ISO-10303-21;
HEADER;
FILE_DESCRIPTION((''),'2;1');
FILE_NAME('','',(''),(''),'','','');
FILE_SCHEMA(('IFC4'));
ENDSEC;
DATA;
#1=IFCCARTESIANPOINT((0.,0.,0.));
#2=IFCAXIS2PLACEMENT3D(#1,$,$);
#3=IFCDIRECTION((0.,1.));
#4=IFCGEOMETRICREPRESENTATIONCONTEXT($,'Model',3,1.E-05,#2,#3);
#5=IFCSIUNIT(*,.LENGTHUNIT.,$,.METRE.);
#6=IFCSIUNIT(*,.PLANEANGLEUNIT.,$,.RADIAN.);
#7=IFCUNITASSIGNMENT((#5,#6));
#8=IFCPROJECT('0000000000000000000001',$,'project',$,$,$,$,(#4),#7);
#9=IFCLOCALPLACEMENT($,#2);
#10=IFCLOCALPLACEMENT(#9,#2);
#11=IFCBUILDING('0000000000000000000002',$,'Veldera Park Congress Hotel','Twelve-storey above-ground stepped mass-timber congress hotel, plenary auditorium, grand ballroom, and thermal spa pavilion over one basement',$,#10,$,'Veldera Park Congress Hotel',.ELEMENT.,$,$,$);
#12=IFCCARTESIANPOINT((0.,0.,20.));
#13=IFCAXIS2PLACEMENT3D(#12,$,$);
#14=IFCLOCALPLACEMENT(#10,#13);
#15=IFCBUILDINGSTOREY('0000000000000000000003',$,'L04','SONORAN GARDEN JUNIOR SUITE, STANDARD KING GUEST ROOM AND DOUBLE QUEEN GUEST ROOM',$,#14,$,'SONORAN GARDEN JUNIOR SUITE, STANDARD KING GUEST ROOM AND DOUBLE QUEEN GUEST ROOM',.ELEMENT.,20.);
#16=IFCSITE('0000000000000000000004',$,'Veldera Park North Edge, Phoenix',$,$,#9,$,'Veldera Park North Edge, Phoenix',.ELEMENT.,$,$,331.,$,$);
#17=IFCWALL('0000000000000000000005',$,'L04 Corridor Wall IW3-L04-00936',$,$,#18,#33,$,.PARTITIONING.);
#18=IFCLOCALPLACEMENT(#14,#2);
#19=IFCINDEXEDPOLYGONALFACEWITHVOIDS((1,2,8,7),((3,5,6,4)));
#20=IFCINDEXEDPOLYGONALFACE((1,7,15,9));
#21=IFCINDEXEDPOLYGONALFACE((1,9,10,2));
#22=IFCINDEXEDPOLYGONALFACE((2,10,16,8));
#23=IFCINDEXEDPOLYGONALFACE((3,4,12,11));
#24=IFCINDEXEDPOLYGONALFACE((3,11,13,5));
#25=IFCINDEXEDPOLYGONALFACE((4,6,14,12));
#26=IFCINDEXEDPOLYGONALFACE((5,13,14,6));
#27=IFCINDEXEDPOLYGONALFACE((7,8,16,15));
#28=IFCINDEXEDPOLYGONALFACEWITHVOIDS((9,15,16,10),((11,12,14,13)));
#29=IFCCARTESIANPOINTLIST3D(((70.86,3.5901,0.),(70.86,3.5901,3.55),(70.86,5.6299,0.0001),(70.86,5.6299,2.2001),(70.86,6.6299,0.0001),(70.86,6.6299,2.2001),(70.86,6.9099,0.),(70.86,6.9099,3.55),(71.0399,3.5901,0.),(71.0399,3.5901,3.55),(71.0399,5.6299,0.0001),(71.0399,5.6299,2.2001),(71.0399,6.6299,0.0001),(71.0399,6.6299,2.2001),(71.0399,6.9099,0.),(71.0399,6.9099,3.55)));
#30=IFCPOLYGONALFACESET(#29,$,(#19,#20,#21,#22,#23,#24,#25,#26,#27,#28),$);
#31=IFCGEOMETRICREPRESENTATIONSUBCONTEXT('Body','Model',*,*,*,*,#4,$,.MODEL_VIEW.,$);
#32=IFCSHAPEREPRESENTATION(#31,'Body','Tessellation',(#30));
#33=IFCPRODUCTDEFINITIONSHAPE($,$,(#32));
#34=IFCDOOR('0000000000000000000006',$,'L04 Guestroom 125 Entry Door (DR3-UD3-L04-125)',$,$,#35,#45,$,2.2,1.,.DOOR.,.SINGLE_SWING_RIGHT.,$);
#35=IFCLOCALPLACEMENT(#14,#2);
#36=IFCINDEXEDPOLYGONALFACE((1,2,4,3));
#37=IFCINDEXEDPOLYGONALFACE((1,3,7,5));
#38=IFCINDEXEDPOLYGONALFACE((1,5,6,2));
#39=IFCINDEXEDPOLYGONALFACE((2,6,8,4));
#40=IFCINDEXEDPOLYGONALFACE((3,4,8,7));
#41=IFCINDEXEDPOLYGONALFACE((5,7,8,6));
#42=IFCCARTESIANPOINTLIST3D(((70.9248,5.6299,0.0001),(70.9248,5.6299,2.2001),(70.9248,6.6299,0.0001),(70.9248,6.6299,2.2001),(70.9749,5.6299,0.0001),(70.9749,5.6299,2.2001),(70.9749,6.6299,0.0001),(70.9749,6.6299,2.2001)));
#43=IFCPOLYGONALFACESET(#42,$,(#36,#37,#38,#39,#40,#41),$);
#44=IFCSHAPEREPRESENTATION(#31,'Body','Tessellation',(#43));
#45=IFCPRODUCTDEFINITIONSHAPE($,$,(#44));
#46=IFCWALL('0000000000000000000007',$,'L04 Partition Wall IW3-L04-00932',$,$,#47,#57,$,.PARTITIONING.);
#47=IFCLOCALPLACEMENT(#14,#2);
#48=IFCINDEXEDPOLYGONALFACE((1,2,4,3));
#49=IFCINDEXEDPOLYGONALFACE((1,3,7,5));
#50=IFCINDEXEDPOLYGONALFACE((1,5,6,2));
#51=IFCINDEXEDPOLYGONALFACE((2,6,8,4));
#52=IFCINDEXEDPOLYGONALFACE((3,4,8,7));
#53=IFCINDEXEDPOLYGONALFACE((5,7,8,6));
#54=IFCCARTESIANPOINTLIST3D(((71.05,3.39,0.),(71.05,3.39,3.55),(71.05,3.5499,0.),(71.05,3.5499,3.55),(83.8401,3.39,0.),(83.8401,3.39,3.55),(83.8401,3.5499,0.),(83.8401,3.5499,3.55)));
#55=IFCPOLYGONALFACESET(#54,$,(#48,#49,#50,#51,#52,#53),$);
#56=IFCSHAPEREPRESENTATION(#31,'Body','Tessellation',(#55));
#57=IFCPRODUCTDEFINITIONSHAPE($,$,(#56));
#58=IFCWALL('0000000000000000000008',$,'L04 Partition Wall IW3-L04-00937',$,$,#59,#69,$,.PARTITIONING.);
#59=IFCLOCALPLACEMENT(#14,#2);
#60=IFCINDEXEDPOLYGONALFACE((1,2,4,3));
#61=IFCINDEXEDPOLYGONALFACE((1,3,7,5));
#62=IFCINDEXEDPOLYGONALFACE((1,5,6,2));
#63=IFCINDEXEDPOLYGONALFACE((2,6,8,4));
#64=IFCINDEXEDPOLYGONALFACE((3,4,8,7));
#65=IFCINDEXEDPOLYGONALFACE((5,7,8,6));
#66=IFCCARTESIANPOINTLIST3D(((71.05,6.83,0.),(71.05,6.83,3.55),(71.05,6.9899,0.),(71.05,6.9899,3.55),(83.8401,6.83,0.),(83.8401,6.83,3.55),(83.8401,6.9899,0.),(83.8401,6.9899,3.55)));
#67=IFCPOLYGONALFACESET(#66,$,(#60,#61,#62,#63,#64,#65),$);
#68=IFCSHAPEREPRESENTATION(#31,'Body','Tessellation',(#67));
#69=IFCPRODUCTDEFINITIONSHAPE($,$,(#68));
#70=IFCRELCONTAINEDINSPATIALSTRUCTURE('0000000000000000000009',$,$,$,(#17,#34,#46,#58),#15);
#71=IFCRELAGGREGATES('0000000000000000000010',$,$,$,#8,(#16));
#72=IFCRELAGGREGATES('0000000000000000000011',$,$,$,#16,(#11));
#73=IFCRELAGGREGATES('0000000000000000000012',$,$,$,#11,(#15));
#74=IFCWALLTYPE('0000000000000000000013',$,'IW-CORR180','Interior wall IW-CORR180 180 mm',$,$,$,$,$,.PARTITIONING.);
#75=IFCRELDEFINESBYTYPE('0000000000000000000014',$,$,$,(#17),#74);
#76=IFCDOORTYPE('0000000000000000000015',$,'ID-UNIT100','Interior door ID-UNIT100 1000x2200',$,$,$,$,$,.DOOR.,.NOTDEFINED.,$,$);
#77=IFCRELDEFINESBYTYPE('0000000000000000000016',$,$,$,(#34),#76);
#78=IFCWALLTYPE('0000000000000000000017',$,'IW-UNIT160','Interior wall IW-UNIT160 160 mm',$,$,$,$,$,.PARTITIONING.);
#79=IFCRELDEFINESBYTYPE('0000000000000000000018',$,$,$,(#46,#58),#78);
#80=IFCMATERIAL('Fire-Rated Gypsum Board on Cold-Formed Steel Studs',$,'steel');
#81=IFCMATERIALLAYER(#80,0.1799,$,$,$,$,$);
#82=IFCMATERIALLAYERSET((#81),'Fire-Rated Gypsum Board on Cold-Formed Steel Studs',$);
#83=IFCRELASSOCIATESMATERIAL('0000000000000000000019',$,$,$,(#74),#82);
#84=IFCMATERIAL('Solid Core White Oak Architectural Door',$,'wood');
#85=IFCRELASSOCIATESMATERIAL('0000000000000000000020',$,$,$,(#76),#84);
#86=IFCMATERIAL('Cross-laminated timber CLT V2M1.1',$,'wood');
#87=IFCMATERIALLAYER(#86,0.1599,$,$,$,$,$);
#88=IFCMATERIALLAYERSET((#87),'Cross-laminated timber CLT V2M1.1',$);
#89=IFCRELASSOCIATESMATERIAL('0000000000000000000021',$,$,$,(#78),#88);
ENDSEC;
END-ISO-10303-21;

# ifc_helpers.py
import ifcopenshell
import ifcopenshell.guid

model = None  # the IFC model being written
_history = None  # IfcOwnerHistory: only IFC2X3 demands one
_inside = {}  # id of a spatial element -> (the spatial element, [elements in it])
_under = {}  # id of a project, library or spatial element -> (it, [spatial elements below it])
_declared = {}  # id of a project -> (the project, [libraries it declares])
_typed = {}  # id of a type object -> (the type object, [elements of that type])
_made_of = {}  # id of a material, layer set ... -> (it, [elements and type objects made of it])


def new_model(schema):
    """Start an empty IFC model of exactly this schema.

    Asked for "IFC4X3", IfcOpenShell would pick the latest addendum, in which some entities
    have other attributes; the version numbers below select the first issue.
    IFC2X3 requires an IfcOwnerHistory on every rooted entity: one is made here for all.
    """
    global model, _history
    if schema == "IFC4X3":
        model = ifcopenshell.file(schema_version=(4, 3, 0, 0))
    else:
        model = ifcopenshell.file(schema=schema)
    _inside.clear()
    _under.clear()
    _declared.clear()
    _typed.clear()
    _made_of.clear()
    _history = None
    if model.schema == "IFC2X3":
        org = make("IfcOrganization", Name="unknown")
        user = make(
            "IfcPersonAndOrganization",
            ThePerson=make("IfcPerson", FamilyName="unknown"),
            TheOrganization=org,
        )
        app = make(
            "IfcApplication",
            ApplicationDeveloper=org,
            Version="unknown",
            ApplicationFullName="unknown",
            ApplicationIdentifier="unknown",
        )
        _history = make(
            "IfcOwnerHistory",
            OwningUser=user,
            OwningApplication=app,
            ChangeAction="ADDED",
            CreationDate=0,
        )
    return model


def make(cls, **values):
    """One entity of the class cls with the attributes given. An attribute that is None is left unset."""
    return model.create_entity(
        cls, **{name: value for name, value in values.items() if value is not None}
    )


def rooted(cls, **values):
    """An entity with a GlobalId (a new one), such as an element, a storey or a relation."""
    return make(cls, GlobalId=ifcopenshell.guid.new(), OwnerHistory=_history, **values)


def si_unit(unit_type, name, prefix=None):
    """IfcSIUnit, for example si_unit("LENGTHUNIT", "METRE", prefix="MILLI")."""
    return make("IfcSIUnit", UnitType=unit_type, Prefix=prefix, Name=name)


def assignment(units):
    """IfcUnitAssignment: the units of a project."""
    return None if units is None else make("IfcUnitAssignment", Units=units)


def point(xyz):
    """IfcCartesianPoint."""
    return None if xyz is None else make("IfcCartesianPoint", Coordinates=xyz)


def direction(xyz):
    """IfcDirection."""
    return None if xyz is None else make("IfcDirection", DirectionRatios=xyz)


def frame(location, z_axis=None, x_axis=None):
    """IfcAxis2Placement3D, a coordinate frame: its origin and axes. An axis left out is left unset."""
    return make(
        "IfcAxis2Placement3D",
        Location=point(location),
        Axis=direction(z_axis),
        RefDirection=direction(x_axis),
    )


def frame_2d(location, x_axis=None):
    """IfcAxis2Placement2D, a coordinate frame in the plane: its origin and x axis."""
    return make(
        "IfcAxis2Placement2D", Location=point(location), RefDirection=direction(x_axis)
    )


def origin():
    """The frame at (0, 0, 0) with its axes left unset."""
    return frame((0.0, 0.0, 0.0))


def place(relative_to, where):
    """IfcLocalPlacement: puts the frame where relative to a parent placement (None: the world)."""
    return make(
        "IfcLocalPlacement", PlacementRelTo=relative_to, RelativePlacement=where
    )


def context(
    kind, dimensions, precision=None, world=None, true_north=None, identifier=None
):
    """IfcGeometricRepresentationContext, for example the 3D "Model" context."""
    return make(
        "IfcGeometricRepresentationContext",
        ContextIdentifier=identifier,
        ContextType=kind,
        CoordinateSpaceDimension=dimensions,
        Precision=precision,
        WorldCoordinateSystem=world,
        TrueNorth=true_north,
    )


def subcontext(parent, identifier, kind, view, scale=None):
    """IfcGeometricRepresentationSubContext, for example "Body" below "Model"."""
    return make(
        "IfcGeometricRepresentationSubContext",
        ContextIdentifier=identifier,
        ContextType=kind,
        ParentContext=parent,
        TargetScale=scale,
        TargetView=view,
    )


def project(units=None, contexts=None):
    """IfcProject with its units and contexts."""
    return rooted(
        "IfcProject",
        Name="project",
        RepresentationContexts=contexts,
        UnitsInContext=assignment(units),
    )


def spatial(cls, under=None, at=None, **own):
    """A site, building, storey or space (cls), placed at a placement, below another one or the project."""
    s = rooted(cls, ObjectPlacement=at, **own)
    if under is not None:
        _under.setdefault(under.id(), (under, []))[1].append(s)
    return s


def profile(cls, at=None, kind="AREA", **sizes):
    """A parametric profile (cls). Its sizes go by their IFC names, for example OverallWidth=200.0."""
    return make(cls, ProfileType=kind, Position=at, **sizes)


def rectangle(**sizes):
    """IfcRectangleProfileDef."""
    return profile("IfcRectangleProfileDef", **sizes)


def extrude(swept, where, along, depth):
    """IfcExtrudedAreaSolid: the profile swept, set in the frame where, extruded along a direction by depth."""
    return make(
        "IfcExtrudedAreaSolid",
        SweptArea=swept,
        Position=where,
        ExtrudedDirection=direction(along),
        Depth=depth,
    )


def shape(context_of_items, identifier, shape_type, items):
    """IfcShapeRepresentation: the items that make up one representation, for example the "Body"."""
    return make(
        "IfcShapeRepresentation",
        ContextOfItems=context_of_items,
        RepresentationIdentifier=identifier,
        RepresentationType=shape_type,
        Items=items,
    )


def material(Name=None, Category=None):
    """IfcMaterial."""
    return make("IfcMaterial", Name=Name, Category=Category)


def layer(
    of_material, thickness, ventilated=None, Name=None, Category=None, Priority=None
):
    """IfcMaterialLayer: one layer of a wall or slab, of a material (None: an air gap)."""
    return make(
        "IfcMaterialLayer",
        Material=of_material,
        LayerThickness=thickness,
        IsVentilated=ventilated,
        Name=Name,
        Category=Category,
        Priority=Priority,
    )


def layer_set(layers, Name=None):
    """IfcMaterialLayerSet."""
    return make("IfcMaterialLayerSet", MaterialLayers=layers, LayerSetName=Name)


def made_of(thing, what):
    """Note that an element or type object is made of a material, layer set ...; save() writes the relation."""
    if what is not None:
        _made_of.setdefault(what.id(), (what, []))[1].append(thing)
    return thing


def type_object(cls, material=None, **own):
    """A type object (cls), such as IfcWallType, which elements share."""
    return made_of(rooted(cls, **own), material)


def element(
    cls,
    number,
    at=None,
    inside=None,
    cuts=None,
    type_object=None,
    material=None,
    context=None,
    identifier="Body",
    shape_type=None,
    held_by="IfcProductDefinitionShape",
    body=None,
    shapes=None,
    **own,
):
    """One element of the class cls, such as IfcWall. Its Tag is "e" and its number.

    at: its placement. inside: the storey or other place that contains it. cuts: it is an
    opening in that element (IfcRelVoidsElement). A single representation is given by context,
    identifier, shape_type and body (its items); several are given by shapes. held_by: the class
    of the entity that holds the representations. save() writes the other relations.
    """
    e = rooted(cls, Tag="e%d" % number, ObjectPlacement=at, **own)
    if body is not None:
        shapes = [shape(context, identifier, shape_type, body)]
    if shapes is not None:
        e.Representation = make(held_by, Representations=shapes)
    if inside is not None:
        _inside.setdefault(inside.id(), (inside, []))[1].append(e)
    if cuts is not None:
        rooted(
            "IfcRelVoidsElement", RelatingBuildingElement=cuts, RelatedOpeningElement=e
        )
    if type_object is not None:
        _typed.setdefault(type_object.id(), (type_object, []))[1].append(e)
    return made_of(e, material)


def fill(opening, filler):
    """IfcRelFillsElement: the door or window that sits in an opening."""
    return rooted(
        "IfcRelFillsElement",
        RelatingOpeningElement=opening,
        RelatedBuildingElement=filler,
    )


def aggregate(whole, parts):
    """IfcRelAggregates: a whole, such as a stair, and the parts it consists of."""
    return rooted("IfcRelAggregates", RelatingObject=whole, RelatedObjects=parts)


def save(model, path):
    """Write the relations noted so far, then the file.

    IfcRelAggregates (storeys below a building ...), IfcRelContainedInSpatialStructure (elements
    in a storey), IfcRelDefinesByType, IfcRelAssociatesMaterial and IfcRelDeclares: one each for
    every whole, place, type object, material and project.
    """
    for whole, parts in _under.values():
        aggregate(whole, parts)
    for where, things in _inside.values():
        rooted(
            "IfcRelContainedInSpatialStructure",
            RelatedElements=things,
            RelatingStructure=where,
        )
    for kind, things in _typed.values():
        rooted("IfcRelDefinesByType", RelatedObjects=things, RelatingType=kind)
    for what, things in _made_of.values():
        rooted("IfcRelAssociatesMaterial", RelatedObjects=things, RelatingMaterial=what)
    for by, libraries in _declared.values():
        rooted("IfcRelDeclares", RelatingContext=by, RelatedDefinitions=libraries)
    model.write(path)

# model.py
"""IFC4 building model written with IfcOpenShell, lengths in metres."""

from ifc_helpers import new_model, si_unit, direction, frame, frame_2d, origin, place, context, subcontext, project, spatial, rectangle, extrude, material, layer, layer_set, type_object, element, fill, save


model = new_model("IFC4")

# Units and contexts
model_context = context("Model", 3, precision=1e-05, world=origin(), true_north=direction((0.0, 1.0)))
body_context = subcontext(model_context, "Body", "Model", "MODEL_VIEW")
ifc_project = project(units=[si_unit("LENGTHUNIT", "METRE"), si_unit("PLANEANGLEUNIT", "RADIAN")], contexts=[model_context])

# Site, building, storey
site_placement = place(None, origin())
site = spatial("IfcSite", under=ifc_project, at=site_placement, Name="Veldera Park North Edge, Phoenix", LongName="Veldera Park North Edge, Phoenix", CompositionType="ELEMENT", RefElevation=331.0)
building_placement = place(site_placement, origin())
building = spatial("IfcBuilding", under=site, at=building_placement, Name="Veldera Park Congress Hotel", Description="Twelve-storey above-ground stepped mass-timber congress hotel, plenary auditorium, grand ballroom, and thermal spa pavilion over one basement", LongName="Veldera Park Congress Hotel", CompositionType="ELEMENT")
storey_placement = place(building_placement, frame((0.0, 0.0, 20.0)))
storey = spatial("IfcBuildingStorey", under=building, at=storey_placement, Name="L04", Description="SONORAN GARDEN JUNIOR SUITE, STANDARD KING GUEST ROOM AND DOUBLE QUEEN GUEST ROOM", LongName="SONORAN GARDEN JUNIOR SUITE, STANDARD KING GUEST ROOM AND DOUBLE QUEEN GUEST ROOM", CompositionType="ELEMENT", Elevation=20.0)

# Shared definitions
ifc_material_1 = material(Name="Fire-Rated Gypsum Board on Cold-Formed Steel Studs", Category="steel")
ifc_material_2 = material(Name="Solid Core White Oak Architectural Door", Category="wood")

# Wall, opening, door
ifc_layer_1 = layer(ifc_material_1, 0.1799)
ifc_layer_set_1 = layer_set([ifc_layer_1], Name="Fire-Rated Gypsum Board on Cold-Formed Steel Studs")
wall_type_1 = type_object("IfcWallType", Name="IW-CORR180", Description="Interior wall IW-CORR180 180 mm", PredefinedType="PARTITIONING", material=ifc_layer_set_1)
door_type_1 = type_object("IfcDoorType", Name="ID-UNIT100", Description="Interior door ID-UNIT100 1000x2200", OperationType="NOTDEFINED", PredefinedType="DOOR", material=ifc_material_2)
wall_1_placement = place(storey_placement, frame((70.95, 6.9099, 0.0), z_axis=(0.0, 0.0, 1.0), x_axis=(0.0, -1.0, 0.0)))
wall_1 = element("IfcWall", 1, at=wall_1_placement, inside=storey, type_object=wall_type_1, Name="L04 Corridor Wall IW3-L04-00936", PredefinedType="PARTITIONING", context=body_context, shape_type="SweptSolid", body=[
    extrude(rectangle(XDim=3.3198, YDim=0.1799, at=frame_2d((1.6599, 0.0))), origin(), (0.0, 0.0, 1.0), 3.55),
])
opening_1_placement = place(wall_1_placement, frame((0.28, 0.0, 0.0)))
opening_1 = element("IfcOpeningElement", 2, at=opening_1_placement, cuts=wall_1, PredefinedType="OPENING", context=body_context, shape_type="SweptSolid", body=[
    extrude(rectangle(XDim=1.0, YDim=2.2, at=frame_2d((0.5, 1.1001))), frame((0.0, 0.1021, 0.0), z_axis=(0.0, -1.0, 0.0), x_axis=(1.0, 0.0, 0.0)), (0.0, 0.0, 1.0), 0.2039),
])
door_1_placement = place(opening_1_placement, origin())
door_1 = element("IfcDoor", 3, at=door_1_placement, inside=storey, type_object=door_type_1, Name="L04 Guestroom 125 Entry Door (DR3-UD3-L04-125)", OperationType="SINGLE_SWING_RIGHT", OverallHeight=2.2, OverallWidth=1.0, PredefinedType="DOOR", context=body_context, shape_type="SweptSolid", body=[
    extrude(rectangle(XDim=1.0, YDim=2.2, at=frame_2d((0.5, 1.1001))), frame((0.0, 0.0249, 0.0), z_axis=(0.0, -1.0, 0.0), x_axis=(1.0, 0.0, 0.0)), (0.0, 0.0, 1.0), 0.05),
])
fill(opening_1, door_1)

# Walls
ifc_material_3 = material(Name="Cross-laminated timber CLT V2M1.1", Category="wood")
ifc_layer_2 = layer(ifc_material_3, 0.1599)
ifc_layer_set_2 = layer_set([ifc_layer_2], Name="Cross-laminated timber CLT V2M1.1")
wall_type_2 = type_object("IfcWallType", Name="IW-UNIT160", Description="Interior wall IW-UNIT160 160 mm", PredefinedType="PARTITIONING", material=ifc_layer_set_2)
for number, where, z_axis, x_axis, name in (
    (4, (71.05, 3.47, 0.0), (0.0, 0.0, 1.0), (1.0, 0.0, 0.0), "L04 Partition Wall IW3-L04-00932"),
    (5, (71.05, 6.9099, 0.0), (0.0, 0.0, 1.0), (1.0, 0.0, 0.0), "L04 Partition Wall IW3-L04-00937"),
):
    element("IfcWall", number, at=place(storey_placement, frame(where, z_axis=z_axis, x_axis=x_axis)), inside=storey, type_object=wall_type_2, Name=name, PredefinedType="PARTITIONING", context=body_context, shape_type="SweptSolid", body=[
        extrude(rectangle(XDim=12.79, YDim=0.1599, at=frame_2d((6.395, 0.0))), origin(), (0.0, 0.0, 1.0), 3.55),
    ])

save(model, "model.ifc")
